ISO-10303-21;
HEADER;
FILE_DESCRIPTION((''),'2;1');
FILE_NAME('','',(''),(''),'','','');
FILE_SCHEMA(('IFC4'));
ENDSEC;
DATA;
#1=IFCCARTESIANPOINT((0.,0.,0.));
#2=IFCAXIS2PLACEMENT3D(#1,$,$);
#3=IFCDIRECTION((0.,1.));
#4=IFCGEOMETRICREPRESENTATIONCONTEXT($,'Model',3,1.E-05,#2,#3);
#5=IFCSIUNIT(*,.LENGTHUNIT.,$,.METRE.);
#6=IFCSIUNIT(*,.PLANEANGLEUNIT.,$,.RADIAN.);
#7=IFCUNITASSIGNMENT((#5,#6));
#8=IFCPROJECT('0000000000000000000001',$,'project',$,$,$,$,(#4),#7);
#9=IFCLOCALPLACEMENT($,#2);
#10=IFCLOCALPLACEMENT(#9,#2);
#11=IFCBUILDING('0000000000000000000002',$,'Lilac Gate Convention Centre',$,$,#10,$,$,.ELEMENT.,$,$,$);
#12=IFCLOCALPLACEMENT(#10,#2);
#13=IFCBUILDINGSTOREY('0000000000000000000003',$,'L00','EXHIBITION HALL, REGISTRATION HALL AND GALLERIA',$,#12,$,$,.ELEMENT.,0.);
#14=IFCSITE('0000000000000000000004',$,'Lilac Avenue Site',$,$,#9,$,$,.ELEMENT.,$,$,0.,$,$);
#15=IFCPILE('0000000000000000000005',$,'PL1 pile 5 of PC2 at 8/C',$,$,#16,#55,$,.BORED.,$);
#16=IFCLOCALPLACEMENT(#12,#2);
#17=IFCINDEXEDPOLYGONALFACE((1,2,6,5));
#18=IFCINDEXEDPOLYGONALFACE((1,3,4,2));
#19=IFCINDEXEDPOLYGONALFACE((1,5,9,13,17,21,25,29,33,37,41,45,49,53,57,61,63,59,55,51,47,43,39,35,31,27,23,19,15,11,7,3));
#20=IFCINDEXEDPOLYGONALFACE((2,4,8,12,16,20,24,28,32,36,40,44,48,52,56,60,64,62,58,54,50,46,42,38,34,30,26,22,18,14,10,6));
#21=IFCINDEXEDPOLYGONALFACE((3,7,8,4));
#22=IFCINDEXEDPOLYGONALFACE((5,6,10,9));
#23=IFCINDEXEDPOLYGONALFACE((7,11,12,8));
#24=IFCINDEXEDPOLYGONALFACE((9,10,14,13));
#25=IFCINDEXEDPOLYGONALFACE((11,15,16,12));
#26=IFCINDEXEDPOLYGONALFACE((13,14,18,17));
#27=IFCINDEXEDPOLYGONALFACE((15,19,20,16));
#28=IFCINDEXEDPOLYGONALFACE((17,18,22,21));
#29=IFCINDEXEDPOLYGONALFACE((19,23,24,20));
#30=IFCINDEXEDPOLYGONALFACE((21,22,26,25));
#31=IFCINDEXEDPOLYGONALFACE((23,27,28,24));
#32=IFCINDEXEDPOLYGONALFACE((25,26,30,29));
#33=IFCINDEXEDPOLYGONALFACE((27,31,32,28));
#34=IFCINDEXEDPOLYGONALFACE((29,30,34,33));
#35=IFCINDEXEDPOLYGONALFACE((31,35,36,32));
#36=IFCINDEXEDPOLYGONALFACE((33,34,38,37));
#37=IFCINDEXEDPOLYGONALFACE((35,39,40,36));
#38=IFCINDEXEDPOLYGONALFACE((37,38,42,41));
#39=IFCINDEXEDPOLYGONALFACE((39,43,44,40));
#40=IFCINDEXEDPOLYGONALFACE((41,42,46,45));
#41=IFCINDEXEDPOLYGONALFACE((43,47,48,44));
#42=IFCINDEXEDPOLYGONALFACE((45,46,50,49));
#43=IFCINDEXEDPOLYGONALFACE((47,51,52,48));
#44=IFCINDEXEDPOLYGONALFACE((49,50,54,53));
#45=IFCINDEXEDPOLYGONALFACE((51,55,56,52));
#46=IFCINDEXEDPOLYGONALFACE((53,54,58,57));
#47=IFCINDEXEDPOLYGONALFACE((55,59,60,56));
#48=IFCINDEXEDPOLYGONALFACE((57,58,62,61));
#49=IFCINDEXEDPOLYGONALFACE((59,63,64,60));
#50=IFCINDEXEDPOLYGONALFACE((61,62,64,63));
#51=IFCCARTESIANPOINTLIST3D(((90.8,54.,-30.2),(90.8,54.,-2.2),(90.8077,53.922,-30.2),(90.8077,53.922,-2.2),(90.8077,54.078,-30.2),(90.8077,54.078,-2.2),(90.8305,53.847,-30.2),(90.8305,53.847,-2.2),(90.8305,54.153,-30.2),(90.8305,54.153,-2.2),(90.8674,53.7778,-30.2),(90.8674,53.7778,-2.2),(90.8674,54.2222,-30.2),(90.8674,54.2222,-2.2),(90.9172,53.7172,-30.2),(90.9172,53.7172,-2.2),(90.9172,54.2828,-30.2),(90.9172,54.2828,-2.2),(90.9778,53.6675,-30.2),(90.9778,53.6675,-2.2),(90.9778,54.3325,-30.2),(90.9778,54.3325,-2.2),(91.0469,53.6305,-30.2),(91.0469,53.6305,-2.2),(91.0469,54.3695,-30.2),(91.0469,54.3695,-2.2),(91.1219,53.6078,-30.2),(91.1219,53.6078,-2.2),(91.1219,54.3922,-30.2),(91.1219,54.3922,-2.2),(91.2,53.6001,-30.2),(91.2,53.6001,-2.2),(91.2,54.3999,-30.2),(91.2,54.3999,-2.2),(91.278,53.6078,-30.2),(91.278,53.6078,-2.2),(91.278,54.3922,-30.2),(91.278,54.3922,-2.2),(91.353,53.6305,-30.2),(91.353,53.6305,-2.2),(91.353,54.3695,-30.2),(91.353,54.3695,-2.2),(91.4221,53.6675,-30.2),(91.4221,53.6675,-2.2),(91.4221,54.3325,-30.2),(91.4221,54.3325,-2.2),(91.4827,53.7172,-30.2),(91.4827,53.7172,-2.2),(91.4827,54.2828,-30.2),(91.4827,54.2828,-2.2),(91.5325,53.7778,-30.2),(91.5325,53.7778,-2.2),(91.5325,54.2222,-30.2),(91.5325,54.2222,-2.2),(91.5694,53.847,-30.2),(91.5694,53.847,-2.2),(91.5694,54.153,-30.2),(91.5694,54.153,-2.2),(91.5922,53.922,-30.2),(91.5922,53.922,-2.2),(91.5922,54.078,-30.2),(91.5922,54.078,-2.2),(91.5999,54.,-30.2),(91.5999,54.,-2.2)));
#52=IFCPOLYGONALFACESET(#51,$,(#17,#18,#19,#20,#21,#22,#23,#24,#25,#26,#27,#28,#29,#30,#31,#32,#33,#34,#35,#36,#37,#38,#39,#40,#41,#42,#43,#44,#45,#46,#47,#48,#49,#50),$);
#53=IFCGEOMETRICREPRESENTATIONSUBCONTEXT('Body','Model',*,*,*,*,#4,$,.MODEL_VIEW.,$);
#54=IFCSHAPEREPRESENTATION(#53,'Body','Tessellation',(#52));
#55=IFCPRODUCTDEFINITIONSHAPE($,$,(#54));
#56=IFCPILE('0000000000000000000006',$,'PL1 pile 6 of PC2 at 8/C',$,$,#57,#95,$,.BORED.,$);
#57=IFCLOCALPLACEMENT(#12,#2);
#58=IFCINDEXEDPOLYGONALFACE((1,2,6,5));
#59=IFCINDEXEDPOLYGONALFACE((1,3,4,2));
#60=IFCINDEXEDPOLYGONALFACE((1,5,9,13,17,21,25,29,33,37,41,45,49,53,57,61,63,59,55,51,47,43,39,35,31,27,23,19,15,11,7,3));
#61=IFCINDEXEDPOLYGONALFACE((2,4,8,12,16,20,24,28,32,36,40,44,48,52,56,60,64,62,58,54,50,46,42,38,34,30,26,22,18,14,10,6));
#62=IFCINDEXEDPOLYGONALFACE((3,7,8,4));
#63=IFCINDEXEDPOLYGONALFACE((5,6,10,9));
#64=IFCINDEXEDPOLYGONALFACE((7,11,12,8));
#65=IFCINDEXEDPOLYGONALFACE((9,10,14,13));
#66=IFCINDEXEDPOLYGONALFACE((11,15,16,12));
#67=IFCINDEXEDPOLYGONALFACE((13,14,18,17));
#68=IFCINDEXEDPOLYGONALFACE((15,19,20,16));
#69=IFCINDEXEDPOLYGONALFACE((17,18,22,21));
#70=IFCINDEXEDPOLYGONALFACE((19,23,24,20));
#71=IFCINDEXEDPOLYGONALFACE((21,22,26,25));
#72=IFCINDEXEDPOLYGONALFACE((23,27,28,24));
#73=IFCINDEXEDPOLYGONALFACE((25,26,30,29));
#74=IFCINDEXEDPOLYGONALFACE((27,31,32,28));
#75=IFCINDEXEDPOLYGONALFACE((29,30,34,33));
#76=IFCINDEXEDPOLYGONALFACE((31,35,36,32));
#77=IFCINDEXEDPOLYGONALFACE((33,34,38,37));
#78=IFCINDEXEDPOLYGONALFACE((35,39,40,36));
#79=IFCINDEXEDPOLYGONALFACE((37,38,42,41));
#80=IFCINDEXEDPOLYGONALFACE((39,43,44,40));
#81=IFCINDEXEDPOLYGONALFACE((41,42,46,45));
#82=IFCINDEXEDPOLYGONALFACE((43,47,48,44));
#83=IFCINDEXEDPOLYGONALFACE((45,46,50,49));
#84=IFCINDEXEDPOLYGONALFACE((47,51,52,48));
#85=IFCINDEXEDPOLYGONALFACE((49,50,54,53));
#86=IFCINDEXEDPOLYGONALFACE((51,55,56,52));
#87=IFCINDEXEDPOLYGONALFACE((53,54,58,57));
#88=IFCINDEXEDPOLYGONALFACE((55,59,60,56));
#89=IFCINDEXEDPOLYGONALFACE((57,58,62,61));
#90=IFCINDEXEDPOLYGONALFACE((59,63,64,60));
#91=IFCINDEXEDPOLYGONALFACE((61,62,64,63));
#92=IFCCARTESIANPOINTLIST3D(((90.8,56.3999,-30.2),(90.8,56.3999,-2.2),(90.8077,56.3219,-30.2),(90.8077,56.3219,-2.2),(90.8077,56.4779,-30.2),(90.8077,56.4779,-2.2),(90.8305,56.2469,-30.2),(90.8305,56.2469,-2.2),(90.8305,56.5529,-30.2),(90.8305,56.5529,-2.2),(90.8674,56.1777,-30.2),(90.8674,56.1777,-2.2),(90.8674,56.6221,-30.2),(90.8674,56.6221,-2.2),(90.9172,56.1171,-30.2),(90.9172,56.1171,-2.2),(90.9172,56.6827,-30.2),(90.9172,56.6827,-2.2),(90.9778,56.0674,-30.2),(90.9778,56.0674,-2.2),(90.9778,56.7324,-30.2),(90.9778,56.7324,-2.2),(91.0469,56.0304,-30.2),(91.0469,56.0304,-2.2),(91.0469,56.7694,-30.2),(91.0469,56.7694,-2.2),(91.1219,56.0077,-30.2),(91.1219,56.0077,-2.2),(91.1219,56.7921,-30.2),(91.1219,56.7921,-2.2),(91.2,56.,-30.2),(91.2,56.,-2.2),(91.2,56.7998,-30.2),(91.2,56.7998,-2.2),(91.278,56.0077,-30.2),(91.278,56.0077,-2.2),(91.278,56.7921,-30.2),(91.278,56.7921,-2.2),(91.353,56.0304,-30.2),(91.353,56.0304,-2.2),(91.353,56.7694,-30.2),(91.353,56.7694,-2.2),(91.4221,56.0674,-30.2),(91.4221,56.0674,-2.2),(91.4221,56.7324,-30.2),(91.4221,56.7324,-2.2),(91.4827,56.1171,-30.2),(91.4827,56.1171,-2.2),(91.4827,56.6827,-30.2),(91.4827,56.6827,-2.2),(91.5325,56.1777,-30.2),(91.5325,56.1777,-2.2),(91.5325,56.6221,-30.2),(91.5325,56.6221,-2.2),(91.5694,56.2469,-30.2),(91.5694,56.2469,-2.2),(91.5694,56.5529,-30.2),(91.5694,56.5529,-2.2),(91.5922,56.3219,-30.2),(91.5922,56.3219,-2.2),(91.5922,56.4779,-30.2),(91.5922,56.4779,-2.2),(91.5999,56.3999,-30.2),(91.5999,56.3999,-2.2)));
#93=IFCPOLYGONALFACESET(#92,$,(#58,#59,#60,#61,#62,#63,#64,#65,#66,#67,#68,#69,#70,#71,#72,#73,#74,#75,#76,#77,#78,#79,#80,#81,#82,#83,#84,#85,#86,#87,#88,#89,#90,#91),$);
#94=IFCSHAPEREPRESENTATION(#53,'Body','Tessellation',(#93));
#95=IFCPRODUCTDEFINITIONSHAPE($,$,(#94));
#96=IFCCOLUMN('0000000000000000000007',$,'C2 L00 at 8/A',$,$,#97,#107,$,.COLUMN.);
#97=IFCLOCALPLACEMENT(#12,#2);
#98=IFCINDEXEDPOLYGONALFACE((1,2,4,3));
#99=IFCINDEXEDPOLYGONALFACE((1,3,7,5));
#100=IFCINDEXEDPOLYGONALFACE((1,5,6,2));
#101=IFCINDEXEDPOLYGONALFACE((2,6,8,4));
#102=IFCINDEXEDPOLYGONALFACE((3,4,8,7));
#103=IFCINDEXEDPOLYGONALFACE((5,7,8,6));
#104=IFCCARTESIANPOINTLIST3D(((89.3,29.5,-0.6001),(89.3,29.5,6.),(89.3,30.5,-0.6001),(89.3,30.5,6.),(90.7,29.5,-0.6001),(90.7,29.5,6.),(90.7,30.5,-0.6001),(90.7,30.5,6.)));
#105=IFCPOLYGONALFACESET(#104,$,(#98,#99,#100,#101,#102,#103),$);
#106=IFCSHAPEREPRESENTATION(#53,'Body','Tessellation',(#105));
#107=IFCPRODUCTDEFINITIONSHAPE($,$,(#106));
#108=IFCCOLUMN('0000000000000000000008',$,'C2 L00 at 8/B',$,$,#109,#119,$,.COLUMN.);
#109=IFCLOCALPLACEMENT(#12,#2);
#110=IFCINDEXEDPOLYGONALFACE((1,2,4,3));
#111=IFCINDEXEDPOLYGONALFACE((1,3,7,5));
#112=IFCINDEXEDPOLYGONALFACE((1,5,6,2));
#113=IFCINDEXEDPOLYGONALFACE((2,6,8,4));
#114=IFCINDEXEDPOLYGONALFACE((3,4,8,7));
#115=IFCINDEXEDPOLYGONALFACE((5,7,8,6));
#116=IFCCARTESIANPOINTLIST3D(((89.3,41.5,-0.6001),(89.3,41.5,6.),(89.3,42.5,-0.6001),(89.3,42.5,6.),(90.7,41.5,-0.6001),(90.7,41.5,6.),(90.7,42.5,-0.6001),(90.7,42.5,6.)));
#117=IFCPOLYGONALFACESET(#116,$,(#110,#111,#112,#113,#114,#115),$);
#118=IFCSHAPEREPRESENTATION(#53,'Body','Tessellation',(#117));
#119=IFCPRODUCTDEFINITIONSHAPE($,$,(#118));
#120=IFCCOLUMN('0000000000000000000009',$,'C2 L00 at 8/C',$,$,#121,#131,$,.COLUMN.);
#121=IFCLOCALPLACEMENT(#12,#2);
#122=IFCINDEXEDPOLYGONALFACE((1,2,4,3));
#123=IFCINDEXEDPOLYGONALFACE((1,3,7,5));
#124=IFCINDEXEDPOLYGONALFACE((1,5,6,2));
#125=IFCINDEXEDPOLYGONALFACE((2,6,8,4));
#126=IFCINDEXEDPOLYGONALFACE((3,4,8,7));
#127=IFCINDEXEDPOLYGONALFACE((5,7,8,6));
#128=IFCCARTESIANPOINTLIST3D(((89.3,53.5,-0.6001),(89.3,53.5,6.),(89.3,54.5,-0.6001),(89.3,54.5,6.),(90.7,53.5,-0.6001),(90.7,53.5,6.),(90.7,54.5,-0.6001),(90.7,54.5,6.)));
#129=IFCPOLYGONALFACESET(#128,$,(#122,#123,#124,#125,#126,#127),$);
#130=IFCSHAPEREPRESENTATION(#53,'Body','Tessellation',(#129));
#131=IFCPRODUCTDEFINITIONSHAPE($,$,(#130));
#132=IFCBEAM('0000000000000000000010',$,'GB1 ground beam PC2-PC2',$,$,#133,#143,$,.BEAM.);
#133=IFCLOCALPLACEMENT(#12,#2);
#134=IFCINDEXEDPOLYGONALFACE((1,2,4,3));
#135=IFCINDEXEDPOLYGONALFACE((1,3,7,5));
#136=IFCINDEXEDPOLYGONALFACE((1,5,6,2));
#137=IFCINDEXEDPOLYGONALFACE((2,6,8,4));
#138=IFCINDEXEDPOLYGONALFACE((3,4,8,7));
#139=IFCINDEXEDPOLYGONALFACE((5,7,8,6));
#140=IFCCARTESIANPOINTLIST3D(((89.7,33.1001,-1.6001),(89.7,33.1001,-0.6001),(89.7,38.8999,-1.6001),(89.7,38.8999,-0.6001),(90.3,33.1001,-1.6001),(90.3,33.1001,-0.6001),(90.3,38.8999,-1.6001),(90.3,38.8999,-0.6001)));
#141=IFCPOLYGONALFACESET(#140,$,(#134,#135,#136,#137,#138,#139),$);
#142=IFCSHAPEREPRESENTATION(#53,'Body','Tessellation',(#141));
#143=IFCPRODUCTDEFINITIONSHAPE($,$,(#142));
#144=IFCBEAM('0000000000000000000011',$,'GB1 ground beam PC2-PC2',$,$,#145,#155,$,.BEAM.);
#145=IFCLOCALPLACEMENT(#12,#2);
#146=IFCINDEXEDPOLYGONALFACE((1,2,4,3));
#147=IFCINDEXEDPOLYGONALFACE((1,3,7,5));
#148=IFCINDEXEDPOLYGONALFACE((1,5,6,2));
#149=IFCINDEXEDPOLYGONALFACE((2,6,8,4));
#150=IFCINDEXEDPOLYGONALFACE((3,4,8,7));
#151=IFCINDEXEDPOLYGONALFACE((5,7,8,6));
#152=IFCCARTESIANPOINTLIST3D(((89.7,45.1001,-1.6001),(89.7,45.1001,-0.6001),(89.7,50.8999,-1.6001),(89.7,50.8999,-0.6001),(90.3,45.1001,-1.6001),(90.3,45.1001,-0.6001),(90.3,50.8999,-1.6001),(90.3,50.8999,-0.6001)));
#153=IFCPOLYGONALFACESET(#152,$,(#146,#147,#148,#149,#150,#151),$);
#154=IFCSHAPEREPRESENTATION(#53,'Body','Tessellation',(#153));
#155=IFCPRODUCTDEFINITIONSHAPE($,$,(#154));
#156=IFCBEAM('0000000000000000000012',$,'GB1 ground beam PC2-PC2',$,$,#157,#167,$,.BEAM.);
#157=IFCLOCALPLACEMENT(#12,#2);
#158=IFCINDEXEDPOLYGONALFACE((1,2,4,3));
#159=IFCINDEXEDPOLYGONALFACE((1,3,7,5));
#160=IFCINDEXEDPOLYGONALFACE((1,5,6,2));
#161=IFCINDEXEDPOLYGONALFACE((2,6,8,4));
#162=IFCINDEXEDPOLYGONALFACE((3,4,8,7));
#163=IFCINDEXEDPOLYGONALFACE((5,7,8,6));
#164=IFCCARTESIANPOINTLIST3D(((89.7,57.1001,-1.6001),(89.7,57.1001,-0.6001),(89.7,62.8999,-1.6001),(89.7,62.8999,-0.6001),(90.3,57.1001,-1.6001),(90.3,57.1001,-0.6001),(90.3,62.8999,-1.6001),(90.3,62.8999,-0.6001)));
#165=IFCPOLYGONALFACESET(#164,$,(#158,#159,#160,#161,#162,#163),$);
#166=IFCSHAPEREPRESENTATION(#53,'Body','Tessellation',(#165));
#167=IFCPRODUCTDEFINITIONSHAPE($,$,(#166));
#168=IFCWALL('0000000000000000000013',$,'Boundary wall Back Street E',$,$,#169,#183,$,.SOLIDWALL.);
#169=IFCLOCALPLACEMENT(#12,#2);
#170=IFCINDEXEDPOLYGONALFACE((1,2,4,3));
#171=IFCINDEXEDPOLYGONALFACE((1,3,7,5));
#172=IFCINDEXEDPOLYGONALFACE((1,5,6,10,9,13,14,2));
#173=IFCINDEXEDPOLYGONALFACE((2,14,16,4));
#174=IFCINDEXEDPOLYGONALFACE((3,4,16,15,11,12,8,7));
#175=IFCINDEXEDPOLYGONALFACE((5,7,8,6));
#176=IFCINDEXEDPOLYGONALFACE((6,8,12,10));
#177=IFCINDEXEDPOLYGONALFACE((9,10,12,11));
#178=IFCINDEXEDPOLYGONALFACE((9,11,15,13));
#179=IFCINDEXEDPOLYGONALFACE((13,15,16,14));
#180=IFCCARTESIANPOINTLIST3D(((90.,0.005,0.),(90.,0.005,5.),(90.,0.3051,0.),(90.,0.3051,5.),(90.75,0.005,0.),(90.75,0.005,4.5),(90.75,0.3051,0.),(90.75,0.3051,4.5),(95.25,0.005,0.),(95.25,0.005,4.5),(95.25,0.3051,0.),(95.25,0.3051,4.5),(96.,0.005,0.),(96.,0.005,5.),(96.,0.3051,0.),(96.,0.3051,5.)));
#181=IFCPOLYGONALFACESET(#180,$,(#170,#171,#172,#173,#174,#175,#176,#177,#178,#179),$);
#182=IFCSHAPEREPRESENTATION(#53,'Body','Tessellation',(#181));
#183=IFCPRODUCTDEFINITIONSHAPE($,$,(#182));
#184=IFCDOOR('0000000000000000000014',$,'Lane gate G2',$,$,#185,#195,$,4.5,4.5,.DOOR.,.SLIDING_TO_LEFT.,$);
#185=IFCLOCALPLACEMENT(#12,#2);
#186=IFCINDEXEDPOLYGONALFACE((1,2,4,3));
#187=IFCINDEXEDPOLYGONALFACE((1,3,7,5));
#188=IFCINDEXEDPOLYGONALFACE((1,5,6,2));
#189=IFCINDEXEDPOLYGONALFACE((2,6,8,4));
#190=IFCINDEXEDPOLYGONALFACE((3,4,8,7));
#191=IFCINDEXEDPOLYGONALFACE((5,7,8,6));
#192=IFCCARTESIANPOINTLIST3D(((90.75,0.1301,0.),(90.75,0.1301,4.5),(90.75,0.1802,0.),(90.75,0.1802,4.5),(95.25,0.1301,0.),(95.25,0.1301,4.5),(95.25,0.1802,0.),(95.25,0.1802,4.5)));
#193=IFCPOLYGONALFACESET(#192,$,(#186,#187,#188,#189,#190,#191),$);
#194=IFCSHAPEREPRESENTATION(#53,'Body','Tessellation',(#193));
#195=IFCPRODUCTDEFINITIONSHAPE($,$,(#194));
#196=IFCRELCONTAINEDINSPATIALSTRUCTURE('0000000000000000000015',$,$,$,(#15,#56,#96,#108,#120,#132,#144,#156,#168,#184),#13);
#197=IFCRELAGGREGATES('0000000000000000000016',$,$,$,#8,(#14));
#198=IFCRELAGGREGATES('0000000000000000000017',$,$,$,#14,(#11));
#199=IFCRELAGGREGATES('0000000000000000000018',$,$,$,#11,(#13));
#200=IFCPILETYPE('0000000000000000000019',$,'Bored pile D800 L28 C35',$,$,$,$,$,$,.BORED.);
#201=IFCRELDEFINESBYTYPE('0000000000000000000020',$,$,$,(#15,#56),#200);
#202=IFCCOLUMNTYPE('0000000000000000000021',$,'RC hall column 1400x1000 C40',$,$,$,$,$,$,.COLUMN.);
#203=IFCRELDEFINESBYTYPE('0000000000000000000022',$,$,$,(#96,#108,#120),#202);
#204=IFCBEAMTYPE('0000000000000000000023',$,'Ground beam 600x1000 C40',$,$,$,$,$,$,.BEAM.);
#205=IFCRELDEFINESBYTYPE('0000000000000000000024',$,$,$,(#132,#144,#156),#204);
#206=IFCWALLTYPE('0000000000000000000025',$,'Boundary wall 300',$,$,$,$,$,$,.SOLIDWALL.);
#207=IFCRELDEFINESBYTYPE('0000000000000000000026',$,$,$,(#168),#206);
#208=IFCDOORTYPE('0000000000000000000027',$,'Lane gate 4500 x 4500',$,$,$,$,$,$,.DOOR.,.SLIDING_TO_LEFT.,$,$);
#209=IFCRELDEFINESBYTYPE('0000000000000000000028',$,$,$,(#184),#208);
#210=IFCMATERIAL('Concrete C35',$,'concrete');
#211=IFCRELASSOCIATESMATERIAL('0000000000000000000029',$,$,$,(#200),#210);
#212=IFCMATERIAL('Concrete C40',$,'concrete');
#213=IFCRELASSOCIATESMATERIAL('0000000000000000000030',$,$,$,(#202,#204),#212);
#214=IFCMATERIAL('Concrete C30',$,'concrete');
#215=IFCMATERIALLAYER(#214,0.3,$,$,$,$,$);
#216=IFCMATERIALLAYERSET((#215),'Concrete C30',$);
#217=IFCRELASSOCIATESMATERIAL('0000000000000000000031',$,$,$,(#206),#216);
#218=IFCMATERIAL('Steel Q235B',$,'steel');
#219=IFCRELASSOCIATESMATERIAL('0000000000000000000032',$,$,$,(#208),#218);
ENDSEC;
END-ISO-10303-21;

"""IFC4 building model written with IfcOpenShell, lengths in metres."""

from ifc_helpers import new_model, si_unit, direction, frame, frame_2d, origin, origin_2d, place, context, subcontext, project, spatial, rectangle, circle, extrude, material, layer, layer_set, material_profile, profile_set, type_object, element, fill, save


model = new_model("IFC4")

# Units and contexts
model_context = context("Model", 3, precision=1e-05, world=origin(), true_north=direction((0.0, 1.0)))
body_context = subcontext(model_context, "Body", "Model", "MODEL_VIEW")
ifc_project = project(units=[si_unit("LENGTHUNIT", "METRE"), si_unit("PLANEANGLEUNIT", "RADIAN")], contexts=[model_context])

# Site, building, storey
site_placement = place(None, origin())
site = spatial("IfcSite", under=ifc_project, at=site_placement, Name="Lilac Avenue Site", CompositionType="ELEMENT", RefElevation=0.0)
building_placement = place(site_placement, origin())
building = spatial("IfcBuilding", under=site, at=building_placement, Name="Lilac Gate Convention Centre", CompositionType="ELEMENT")
storey_placement = place(building_placement, origin())
storey = spatial("IfcBuildingStorey", under=building, at=storey_placement, Name="L00", Description="EXHIBITION HALL, REGISTRATION HALL AND GALLERIA", CompositionType="ELEMENT", Elevation=0.0)

# Piles
ifc_material_1 = material(Name="Concrete C35", Category="concrete")
ifc_material_profile_1 = material_profile(ifc_material_1, circle(Radius=0.3999, at=origin_2d()), Name="D800")
ifc_profile_set_1 = profile_set([ifc_material_profile_1], Name="Concrete C35")
pile_type = type_object("IfcPileType", Name="Bored pile D800 L28 C35", PredefinedType="BORED", material=ifc_profile_set_1)
for number, where, z_axis, x_axis, name in (
    (1, (91.2, 54.0, -2.2), (0.0, 0.0, -1.0), (1.0, 0.0, 0.0), "PL1 pile 5 of PC2 at 8/C"),
    (2, (91.2, 56.3999, -2.2), (0.0, 0.0, -1.0), (1.0, 0.0, 0.0), "PL1 pile 6 of PC2 at 8/C"),
):
    element("IfcPile", number, at=place(storey_placement, frame(where, z_axis=z_axis, x_axis=x_axis)), inside=storey, type_object=pile_type, Name=name, PredefinedType="BORED", context=body_context, shape_type="SweptSolid", body=[
        extrude(circle(Radius=0.3999, at=origin_2d()), origin(), (0.0, 0.0, 1.0), 28.0),
    ])

# Columns
ifc_material_2 = material(Name="Concrete C40", Category="concrete")
ifc_material_profile_2 = material_profile(ifc_material_2, rectangle(XDim=1.3999, YDim=1.0, at=origin_2d()), Name="RC 1400x1000")
ifc_profile_set_2 = profile_set([ifc_material_profile_2], Name="Concrete C40")
column_type = type_object("IfcColumnType", Name="RC hall column 1400x1000 C40", PredefinedType="COLUMN", material=ifc_profile_set_2)
for number, where, z_axis, x_axis, name in (
    (3, (90.0, 30.0, -0.6001), (0.0, 0.0, 1.0), (1.0, 0.0, 0.0), "C2 L00 at 8/A"),
    (4, (90.0, 42.0, -0.6001), (0.0, 0.0, 1.0), (1.0, 0.0, 0.0), "C2 L00 at 8/B"),
    (5, (90.0, 54.0, -0.6001), (0.0, 0.0, 1.0), (1.0, 0.0, 0.0), "C2 L00 at 8/C"),
):
    element("IfcColumn", number, at=place(storey_placement, frame(where, z_axis=z_axis, x_axis=x_axis)), inside=storey, type_object=column_type, Name=name, PredefinedType="COLUMN", context=body_context, shape_type="SweptSolid", body=[
        extrude(rectangle(XDim=1.3999, YDim=1.0, at=origin_2d()), origin(), (0.0, 0.0, 1.0), 6.6001),
    ])

# Beams
ifc_material_profile_3 = material_profile(ifc_material_2, rectangle(XDim=0.6001, YDim=1.0, at=origin_2d()), Name="RC 600x1000")
ifc_profile_set_3 = profile_set([ifc_material_profile_3], Name="Concrete C40")
beam_type = type_object("IfcBeamType", Name="Ground beam 600x1000 C40", PredefinedType="BEAM", material=ifc_profile_set_3)
for number, where, z_axis, x_axis, name in (
    (6, (90.0, 33.1001, -1.1001), (0.0, 1.0, 0.0), (-1.0, 0.0, 0.0), "GB1 ground beam PC2-PC2"),
    (7, (90.0, 45.1001, -1.1001), (0.0, 1.0, 0.0), (-1.0, 0.0, 0.0), "GB1 ground beam PC2-PC2"),
    (8, (90.0, 57.1001, -1.1001), (0.0, 1.0, 0.0), (-1.0, 0.0, 0.0), "GB1 ground beam PC2-PC2"),
):
    element("IfcBeam", number, at=place(storey_placement, frame(where, z_axis=z_axis, x_axis=x_axis)), inside=storey, type_object=beam_type, Name=name, PredefinedType="BEAM", context=body_context, shape_type="SweptSolid", body=[
        extrude(rectangle(XDim=0.6001, YDim=1.0, at=origin_2d()), origin(), (0.0, 0.0, 1.0), 5.7998),
    ])

# Wall, opening, door
ifc_material_3 = material(Name="Concrete C30", Category="concrete")
ifc_layer_1 = layer(ifc_material_3, 0.3)
ifc_layer_set_1 = layer_set([ifc_layer_1], Name="Concrete C30")
wall_type_1 = type_object("IfcWallType", Name="Boundary wall 300", PredefinedType="SOLIDWALL", material=ifc_layer_set_1)
wall_1_placement = place(storey_placement, frame((90.0, 0.155, 0.0), z_axis=(0.0, 0.0, 1.0), x_axis=(1.0, 0.0, 0.0)))
wall_1 = element("IfcWall", 9, at=wall_1_placement, inside=storey, type_object=wall_type_1, Name="Boundary wall Back Street E", PredefinedType="SOLIDWALL", context=body_context, shape_type="SweptSolid", body=[
    extrude(rectangle(XDim=6.0, YDim=0.3, at=frame_2d((3.0, 0.0))), origin(), (0.0, 0.0, 1.0), 5.0),
])
opening_1_placement = place(wall_1_placement, frame((0.75, 0.0, 0.0)))
opening_1 = element("IfcOpeningElement", 10, at=opening_1_placement, cuts=wall_1, PredefinedType="OPENING", context=body_context, shape_type="SweptSolid", body=[
    extrude(rectangle(XDim=4.5, YDim=4.5, at=frame_2d((2.25, 2.25))), frame((0.0, 0.1599, 0.0), z_axis=(0.0, -1.0, 0.0), x_axis=(1.0, 0.0, 0.0)), (0.0, 0.0, 1.0), 0.3201),
])
ifc_material_4 = material(Name="Steel Q235B", Category="steel")
door_type_1 = type_object("IfcDoorType", Name="Lane gate 4500 x 4500", OperationType="SLIDING_TO_LEFT", PredefinedType="DOOR", material=ifc_material_4)
door_1_placement = place(opening_1_placement, frame((4.5, 0.0, 0.0), z_axis=(0.0, 0.0, 1.0), x_axis=(-1.0, 0.0, 0.0)))
door_1 = element("IfcDoor", 11, at=door_1_placement, inside=storey, type_object=door_type_1, Name="Lane gate G2", OperationType="SLIDING_TO_LEFT", OverallHeight=4.5, OverallWidth=4.5, PredefinedType="DOOR", context=body_context, shape_type="SweptSolid", body=[
    extrude(rectangle(XDim=4.5, YDim=4.5, at=frame_2d((2.25, 2.25))), frame((0.0, 0.0249, 0.0), z_axis=(0.0, -1.0, 0.0), x_axis=(1.0, 0.0, 0.0)), (0.0, 0.0, 1.0), 0.05),
])
fill(opening_1, door_1)

save(model, "model.ifc")
